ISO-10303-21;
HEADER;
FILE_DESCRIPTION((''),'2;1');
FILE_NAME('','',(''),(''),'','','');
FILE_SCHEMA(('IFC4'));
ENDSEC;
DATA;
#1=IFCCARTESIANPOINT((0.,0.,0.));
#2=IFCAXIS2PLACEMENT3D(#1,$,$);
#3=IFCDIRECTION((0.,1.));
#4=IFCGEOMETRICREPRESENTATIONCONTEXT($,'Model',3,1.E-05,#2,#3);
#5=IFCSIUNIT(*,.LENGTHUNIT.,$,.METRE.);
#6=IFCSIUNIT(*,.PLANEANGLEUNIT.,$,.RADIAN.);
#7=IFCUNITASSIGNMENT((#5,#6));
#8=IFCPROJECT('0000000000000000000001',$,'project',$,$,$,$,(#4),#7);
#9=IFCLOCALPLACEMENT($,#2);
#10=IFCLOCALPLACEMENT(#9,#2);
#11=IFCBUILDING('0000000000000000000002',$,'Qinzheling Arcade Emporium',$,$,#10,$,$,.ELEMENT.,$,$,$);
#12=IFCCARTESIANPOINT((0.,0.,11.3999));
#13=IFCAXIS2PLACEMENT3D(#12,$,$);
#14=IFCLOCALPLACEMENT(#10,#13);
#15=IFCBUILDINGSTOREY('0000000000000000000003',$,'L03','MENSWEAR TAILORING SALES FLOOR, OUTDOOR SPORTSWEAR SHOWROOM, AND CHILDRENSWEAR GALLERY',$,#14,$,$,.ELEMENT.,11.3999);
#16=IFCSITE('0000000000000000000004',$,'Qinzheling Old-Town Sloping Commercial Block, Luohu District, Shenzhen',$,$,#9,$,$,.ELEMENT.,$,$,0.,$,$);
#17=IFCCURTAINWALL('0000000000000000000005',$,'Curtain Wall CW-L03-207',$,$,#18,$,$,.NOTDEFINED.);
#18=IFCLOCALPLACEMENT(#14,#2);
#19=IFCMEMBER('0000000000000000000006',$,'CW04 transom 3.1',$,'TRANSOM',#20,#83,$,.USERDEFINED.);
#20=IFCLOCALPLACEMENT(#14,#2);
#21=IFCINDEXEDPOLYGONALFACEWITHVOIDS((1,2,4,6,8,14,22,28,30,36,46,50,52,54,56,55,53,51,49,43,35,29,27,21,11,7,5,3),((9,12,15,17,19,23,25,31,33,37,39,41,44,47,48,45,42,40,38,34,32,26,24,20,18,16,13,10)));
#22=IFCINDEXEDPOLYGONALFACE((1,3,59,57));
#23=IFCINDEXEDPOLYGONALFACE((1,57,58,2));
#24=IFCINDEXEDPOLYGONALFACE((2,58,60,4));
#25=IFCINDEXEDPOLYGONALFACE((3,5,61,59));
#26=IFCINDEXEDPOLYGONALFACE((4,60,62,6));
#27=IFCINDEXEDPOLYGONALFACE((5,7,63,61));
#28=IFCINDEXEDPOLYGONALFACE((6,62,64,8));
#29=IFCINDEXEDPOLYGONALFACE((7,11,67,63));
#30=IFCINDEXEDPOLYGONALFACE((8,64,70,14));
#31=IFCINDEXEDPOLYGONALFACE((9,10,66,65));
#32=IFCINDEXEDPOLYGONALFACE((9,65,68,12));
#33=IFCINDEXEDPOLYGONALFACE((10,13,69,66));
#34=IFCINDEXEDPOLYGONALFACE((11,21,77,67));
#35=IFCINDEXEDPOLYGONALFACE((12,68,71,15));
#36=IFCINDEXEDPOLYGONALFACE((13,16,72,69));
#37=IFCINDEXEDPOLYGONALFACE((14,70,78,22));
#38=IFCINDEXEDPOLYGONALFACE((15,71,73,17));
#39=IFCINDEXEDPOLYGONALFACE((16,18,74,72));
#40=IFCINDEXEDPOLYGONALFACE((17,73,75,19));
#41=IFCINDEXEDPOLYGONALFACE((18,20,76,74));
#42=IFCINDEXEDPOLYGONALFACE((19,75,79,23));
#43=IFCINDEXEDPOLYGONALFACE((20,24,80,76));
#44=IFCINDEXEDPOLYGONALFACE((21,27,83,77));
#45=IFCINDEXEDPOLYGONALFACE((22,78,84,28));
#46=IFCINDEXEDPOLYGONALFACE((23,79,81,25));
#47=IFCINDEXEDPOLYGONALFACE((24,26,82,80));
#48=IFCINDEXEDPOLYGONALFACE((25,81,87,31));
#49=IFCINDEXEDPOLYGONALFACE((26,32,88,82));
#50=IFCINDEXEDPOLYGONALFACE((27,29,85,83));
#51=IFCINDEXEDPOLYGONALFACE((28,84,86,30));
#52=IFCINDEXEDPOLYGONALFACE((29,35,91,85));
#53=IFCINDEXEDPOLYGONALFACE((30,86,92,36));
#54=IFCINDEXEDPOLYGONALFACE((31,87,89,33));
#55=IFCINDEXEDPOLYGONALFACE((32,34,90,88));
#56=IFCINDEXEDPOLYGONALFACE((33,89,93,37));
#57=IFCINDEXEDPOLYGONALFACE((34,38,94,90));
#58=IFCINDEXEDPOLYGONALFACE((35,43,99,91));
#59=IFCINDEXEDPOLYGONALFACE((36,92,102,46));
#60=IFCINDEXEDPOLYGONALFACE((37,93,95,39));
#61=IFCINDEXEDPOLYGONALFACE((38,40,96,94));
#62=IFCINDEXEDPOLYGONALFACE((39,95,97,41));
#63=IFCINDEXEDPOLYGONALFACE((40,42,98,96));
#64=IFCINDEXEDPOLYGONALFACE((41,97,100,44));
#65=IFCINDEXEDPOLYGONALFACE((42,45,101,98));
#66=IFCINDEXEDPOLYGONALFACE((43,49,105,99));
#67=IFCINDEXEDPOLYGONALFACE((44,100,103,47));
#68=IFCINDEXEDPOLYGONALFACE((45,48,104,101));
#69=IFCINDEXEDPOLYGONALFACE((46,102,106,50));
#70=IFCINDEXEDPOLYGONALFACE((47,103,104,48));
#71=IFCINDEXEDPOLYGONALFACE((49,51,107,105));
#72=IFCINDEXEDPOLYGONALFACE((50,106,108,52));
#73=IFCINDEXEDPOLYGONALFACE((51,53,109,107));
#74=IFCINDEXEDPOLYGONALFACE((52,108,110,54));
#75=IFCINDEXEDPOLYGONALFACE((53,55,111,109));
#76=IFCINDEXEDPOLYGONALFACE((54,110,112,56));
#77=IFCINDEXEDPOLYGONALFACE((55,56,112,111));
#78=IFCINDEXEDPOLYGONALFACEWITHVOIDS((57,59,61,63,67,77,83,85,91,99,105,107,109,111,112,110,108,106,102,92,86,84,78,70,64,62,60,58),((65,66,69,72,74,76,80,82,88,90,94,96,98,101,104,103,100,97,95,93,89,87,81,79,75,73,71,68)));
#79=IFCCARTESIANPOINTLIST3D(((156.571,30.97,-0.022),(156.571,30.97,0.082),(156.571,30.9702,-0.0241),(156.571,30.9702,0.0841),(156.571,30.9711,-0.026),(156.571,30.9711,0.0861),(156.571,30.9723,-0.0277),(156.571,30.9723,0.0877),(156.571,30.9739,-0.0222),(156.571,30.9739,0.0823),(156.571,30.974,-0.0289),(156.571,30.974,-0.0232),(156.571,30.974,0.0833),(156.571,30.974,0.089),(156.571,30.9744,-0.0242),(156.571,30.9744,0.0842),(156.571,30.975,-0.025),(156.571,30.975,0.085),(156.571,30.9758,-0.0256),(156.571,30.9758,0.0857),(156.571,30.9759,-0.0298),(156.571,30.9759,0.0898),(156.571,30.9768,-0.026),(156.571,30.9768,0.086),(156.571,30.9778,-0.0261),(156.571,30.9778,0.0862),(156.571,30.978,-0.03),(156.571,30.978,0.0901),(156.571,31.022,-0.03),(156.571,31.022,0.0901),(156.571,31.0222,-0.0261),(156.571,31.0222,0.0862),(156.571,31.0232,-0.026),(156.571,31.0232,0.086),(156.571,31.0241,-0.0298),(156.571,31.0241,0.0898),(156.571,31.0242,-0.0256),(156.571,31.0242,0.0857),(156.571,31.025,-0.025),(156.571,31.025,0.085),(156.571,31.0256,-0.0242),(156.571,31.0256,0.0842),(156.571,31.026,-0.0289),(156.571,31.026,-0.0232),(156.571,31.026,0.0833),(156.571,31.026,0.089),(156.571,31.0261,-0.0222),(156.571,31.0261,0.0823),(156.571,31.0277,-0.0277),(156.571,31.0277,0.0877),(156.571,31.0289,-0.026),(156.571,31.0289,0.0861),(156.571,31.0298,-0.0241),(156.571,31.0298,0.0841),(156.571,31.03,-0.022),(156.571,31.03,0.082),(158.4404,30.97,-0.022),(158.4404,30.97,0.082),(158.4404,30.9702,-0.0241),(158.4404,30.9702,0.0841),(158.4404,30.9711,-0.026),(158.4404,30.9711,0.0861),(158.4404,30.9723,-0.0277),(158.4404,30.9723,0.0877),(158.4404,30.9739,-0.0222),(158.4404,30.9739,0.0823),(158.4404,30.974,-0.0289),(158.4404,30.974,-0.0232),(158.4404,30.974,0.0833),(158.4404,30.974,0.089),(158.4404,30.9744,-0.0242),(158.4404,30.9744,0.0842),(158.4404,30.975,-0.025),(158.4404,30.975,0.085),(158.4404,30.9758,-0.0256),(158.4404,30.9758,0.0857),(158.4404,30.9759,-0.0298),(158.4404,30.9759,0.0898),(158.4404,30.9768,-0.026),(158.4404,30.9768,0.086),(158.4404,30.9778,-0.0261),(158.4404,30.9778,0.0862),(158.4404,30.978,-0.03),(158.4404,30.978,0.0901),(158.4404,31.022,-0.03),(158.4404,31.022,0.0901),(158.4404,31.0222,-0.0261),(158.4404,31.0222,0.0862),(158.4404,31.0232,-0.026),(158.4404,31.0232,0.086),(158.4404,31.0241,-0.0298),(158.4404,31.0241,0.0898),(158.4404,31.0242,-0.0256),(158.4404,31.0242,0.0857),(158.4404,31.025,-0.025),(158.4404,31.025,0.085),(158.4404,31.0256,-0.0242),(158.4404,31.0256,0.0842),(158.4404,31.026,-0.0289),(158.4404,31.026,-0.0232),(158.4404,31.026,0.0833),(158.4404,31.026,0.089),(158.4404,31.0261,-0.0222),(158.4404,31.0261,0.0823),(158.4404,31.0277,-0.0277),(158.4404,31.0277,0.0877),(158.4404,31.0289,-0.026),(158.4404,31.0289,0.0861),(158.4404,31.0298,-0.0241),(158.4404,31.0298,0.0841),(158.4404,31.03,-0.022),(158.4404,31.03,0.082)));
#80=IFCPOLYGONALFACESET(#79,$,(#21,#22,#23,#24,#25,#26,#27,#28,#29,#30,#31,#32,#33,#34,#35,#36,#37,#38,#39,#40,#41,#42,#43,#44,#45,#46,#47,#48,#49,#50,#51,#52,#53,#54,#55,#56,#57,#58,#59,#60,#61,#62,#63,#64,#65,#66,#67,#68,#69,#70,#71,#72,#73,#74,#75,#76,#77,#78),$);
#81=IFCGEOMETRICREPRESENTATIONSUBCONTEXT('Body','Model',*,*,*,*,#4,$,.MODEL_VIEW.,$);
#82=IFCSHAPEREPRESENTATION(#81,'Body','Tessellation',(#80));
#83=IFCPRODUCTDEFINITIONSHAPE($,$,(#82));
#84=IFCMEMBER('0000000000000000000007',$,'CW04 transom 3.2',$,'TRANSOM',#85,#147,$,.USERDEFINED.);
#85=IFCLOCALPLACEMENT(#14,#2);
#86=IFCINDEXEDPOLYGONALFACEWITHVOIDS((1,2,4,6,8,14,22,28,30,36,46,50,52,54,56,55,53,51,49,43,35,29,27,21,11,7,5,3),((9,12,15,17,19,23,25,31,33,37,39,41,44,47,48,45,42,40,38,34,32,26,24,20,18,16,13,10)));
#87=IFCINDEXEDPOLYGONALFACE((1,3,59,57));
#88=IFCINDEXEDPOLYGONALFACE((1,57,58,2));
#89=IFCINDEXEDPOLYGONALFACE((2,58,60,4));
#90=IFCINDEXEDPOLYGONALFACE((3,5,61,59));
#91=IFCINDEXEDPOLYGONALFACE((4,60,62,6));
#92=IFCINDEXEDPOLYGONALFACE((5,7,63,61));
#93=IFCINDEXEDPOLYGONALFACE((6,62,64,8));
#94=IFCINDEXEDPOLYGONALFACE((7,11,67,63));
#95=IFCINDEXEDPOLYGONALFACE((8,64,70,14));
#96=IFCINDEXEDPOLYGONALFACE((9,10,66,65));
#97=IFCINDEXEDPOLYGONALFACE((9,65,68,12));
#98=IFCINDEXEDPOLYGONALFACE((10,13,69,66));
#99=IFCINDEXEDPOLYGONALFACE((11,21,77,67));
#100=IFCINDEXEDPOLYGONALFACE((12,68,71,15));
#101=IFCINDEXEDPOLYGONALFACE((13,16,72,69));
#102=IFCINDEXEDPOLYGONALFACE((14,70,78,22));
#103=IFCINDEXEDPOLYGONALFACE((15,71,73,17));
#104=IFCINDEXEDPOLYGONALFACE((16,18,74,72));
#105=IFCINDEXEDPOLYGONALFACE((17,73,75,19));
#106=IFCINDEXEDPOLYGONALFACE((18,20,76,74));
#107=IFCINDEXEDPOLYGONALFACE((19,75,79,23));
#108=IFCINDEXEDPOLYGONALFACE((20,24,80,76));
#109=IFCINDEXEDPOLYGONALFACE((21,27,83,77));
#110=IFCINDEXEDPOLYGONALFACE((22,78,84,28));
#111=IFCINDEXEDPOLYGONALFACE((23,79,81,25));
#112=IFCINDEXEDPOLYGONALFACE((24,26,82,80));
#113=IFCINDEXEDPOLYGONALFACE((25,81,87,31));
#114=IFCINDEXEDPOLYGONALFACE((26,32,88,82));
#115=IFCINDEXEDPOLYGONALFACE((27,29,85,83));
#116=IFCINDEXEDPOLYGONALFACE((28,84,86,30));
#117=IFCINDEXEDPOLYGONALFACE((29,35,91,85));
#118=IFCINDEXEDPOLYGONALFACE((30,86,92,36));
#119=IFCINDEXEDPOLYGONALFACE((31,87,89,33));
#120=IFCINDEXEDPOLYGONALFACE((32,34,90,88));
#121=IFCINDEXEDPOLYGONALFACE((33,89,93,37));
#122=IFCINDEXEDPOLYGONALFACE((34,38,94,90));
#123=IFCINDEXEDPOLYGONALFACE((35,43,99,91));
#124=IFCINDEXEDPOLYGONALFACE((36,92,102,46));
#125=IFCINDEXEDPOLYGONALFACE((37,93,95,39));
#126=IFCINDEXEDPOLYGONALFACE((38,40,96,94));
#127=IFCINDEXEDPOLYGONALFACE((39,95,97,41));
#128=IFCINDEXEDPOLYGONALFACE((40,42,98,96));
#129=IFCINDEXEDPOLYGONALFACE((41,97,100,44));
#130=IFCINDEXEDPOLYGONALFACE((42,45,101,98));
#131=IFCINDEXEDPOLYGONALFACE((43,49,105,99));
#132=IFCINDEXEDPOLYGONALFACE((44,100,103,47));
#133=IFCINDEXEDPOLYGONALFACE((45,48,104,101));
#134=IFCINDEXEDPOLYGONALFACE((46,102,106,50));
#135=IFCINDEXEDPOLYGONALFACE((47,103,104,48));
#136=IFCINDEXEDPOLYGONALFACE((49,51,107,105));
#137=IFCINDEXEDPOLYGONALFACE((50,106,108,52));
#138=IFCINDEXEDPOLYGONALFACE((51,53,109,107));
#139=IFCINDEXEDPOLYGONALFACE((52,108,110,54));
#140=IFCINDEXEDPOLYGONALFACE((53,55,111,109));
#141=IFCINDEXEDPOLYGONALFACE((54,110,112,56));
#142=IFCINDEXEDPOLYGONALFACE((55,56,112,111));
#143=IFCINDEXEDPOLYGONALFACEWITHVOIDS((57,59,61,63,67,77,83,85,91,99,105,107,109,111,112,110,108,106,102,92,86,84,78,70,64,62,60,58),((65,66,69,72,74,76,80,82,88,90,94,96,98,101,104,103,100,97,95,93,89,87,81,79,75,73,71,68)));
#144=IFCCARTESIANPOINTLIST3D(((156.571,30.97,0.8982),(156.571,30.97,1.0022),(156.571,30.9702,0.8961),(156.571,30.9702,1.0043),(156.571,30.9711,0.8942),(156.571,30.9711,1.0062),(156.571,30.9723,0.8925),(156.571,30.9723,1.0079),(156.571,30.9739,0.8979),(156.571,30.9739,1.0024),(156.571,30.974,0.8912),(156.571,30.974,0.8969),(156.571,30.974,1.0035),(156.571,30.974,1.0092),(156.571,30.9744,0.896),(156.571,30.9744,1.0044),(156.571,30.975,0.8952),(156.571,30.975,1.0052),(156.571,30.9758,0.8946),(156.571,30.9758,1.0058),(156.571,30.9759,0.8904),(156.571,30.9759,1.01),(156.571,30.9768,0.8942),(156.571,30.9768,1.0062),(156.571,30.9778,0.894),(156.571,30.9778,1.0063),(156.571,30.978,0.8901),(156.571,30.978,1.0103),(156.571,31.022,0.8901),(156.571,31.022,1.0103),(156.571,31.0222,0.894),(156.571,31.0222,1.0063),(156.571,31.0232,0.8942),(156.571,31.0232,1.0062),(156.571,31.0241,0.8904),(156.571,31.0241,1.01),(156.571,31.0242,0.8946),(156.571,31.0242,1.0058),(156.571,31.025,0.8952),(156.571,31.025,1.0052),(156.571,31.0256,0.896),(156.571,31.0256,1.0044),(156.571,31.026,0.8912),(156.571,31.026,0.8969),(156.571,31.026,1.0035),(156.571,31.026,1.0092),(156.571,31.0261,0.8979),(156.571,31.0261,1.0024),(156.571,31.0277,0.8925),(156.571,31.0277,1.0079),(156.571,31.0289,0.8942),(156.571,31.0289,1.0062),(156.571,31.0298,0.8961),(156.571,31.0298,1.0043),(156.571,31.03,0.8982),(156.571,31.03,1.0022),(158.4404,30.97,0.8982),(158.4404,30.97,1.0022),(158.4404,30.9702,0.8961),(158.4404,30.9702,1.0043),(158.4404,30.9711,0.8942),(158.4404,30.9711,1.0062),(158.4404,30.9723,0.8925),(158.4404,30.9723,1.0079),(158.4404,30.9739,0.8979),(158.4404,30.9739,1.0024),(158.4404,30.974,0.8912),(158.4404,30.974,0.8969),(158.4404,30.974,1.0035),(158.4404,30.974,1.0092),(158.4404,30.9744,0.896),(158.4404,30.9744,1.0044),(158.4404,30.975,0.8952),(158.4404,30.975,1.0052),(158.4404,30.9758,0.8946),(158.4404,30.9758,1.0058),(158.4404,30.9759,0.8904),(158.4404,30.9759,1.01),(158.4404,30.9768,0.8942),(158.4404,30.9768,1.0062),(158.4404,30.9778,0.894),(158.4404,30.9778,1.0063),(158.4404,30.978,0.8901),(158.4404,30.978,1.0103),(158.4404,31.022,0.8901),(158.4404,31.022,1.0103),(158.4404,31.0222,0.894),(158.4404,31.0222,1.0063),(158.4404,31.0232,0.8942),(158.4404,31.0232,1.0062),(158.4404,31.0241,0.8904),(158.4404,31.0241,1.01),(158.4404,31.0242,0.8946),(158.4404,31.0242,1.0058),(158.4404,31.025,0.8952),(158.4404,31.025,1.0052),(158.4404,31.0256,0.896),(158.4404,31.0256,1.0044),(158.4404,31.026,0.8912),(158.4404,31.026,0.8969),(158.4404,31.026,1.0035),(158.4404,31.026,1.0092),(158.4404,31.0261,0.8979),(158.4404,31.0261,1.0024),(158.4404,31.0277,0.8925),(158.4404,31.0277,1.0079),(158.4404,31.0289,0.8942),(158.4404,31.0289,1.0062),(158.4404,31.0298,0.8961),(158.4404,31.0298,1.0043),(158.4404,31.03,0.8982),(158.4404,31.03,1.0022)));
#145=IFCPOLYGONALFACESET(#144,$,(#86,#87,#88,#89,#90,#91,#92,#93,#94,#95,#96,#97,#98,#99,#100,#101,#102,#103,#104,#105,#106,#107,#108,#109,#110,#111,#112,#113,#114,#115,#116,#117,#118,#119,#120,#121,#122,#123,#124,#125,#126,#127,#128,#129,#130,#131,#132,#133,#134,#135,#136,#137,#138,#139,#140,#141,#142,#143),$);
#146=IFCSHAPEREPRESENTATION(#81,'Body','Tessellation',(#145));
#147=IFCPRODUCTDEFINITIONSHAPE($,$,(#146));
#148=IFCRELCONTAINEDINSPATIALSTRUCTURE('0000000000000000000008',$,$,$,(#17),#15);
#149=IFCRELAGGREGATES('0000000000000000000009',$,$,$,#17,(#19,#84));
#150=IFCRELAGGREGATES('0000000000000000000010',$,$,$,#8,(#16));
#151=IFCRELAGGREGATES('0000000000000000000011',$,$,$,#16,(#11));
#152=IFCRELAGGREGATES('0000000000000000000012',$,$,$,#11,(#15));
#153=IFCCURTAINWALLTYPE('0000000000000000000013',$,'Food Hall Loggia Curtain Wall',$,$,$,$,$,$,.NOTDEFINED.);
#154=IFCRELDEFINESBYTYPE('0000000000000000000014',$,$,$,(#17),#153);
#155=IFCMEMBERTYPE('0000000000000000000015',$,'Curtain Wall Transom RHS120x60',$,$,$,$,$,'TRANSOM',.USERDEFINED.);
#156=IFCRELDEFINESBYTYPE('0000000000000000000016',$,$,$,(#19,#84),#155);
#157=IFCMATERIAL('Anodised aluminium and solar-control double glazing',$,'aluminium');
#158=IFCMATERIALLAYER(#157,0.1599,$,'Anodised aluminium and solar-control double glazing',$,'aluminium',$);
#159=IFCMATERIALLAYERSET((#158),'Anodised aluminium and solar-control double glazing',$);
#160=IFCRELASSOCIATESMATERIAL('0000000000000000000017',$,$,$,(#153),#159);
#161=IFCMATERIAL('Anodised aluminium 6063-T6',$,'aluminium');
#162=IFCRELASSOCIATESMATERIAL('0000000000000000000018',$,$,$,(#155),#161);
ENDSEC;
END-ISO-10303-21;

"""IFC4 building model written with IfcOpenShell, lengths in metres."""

from ifc_helpers import new_model, si_unit, direction, frame, origin, origin_2d, place, context, subcontext, project, spatial, hollow_rectangle, extrude, material, layer, layer_set, material_profile, profile_set, type_object, element, aggregate, save


model = new_model("IFC4")

# Units and contexts
model_context = context("Model", 3, precision=1e-05, world=origin(), true_north=direction((0.0, 1.0)))
body_context = subcontext(model_context, "Body", "Model", "MODEL_VIEW")
ifc_project = project(units=[si_unit("LENGTHUNIT", "METRE"), si_unit("PLANEANGLEUNIT", "RADIAN")], contexts=[model_context])

# Site, building, storey
site_placement = place(None, origin())
site = spatial("IfcSite", under=ifc_project, at=site_placement, Name="Qinzheling Old-Town Sloping Commercial Block, Luohu District, Shenzhen", CompositionType="ELEMENT", RefElevation=0.0)
building_placement = place(site_placement, origin())
building = spatial("IfcBuilding", under=site, at=building_placement, Name="Qinzheling Arcade Emporium", CompositionType="ELEMENT")
storey_placement = place(building_placement, frame((0.0, 0.0, 11.3999)))
storey = spatial("IfcBuildingStorey", under=building, at=storey_placement, Name="L03", Description="MENSWEAR TAILORING SALES FLOOR, OUTDOOR SPORTSWEAR SHOWROOM, AND CHILDRENSWEAR GALLERY", CompositionType="ELEMENT", Elevation=11.3999)

# Curtain wall, members
ifc_material_1 = material(Name="Anodised aluminium and solar-control double glazing", Category="aluminium")
ifc_layer_1 = layer(ifc_material_1, 0.1599, Name="Anodised aluminium and solar-control double glazing", Category="aluminium")
ifc_layer_set_1 = layer_set([ifc_layer_1], Name="Anodised aluminium and solar-control double glazing")
curtain_wall_type = type_object("IfcCurtainWallType", Name="Food Hall Loggia Curtain Wall", PredefinedType="NOTDEFINED", material=ifc_layer_set_1)
curtain_wall_placement = place(storey_placement, origin())
curtain_wall = element("IfcCurtainWall", 1, at=curtain_wall_placement, inside=storey, type_object=curtain_wall_type, Name="Curtain Wall CW-L03-207", PredefinedType="NOTDEFINED")
ifc_material_2 = material(Name="Anodised aluminium 6063-T6", Category="aluminium")
ifc_material_profile_1 = material_profile(ifc_material_2, hollow_rectangle(XDim=0.0601, YDim=0.1201, WallThickness=0.0039, InnerFilletRadius=0.0039, OuterFilletRadius=0.0081, at=origin_2d()), Name="RHS 120x60x4", Category="aluminium")
ifc_profile_set_1 = profile_set([ifc_material_profile_1], Name="Anodised aluminium 6063-T6")
member_type_1 = type_object("IfcMemberType", Name="Curtain Wall Transom RHS120x60", ElementType="TRANSOM", PredefinedType="USERDEFINED", material=ifc_profile_set_1)
member_1_placement = place(storey_placement, frame((156.571, 31.0, 0.03), z_axis=(1.0, 0.0, 0.0), x_axis=(0.0, 1.0, 0.0)))
member_1 = element("IfcMember", 2, at=member_1_placement, type_object=member_type_1, Name="CW04 transom 3.1", ObjectType="TRANSOM", PredefinedType="USERDEFINED", context=body_context, shape_type="SweptSolid", body=[
    extrude(hollow_rectangle(XDim=0.0601, YDim=0.1201, WallThickness=0.0039, InnerFilletRadius=0.0039, OuterFilletRadius=0.0081, at=origin_2d()), origin(), (0.0, 0.0, 1.0), 1.8694),
])
member_2_placement = place(storey_placement, frame((156.571, 31.0, 0.9502), z_axis=(1.0, 0.0, 0.0), x_axis=(0.0, 1.0, 0.0)))
member_2 = element("IfcMember", 3, at=member_2_placement, type_object=member_type_1, Name="CW04 transom 3.2", ObjectType="TRANSOM", PredefinedType="USERDEFINED", context=body_context, shape_type="SweptSolid", body=[
    extrude(hollow_rectangle(XDim=0.0601, YDim=0.1201, WallThickness=0.0039, InnerFilletRadius=0.0039, OuterFilletRadius=0.0081, at=origin_2d()), origin(), (0.0, 0.0, 1.0), 1.8694),
])
aggregate(curtain_wall, [member_1, member_2])

save(model, "model.ifc")
